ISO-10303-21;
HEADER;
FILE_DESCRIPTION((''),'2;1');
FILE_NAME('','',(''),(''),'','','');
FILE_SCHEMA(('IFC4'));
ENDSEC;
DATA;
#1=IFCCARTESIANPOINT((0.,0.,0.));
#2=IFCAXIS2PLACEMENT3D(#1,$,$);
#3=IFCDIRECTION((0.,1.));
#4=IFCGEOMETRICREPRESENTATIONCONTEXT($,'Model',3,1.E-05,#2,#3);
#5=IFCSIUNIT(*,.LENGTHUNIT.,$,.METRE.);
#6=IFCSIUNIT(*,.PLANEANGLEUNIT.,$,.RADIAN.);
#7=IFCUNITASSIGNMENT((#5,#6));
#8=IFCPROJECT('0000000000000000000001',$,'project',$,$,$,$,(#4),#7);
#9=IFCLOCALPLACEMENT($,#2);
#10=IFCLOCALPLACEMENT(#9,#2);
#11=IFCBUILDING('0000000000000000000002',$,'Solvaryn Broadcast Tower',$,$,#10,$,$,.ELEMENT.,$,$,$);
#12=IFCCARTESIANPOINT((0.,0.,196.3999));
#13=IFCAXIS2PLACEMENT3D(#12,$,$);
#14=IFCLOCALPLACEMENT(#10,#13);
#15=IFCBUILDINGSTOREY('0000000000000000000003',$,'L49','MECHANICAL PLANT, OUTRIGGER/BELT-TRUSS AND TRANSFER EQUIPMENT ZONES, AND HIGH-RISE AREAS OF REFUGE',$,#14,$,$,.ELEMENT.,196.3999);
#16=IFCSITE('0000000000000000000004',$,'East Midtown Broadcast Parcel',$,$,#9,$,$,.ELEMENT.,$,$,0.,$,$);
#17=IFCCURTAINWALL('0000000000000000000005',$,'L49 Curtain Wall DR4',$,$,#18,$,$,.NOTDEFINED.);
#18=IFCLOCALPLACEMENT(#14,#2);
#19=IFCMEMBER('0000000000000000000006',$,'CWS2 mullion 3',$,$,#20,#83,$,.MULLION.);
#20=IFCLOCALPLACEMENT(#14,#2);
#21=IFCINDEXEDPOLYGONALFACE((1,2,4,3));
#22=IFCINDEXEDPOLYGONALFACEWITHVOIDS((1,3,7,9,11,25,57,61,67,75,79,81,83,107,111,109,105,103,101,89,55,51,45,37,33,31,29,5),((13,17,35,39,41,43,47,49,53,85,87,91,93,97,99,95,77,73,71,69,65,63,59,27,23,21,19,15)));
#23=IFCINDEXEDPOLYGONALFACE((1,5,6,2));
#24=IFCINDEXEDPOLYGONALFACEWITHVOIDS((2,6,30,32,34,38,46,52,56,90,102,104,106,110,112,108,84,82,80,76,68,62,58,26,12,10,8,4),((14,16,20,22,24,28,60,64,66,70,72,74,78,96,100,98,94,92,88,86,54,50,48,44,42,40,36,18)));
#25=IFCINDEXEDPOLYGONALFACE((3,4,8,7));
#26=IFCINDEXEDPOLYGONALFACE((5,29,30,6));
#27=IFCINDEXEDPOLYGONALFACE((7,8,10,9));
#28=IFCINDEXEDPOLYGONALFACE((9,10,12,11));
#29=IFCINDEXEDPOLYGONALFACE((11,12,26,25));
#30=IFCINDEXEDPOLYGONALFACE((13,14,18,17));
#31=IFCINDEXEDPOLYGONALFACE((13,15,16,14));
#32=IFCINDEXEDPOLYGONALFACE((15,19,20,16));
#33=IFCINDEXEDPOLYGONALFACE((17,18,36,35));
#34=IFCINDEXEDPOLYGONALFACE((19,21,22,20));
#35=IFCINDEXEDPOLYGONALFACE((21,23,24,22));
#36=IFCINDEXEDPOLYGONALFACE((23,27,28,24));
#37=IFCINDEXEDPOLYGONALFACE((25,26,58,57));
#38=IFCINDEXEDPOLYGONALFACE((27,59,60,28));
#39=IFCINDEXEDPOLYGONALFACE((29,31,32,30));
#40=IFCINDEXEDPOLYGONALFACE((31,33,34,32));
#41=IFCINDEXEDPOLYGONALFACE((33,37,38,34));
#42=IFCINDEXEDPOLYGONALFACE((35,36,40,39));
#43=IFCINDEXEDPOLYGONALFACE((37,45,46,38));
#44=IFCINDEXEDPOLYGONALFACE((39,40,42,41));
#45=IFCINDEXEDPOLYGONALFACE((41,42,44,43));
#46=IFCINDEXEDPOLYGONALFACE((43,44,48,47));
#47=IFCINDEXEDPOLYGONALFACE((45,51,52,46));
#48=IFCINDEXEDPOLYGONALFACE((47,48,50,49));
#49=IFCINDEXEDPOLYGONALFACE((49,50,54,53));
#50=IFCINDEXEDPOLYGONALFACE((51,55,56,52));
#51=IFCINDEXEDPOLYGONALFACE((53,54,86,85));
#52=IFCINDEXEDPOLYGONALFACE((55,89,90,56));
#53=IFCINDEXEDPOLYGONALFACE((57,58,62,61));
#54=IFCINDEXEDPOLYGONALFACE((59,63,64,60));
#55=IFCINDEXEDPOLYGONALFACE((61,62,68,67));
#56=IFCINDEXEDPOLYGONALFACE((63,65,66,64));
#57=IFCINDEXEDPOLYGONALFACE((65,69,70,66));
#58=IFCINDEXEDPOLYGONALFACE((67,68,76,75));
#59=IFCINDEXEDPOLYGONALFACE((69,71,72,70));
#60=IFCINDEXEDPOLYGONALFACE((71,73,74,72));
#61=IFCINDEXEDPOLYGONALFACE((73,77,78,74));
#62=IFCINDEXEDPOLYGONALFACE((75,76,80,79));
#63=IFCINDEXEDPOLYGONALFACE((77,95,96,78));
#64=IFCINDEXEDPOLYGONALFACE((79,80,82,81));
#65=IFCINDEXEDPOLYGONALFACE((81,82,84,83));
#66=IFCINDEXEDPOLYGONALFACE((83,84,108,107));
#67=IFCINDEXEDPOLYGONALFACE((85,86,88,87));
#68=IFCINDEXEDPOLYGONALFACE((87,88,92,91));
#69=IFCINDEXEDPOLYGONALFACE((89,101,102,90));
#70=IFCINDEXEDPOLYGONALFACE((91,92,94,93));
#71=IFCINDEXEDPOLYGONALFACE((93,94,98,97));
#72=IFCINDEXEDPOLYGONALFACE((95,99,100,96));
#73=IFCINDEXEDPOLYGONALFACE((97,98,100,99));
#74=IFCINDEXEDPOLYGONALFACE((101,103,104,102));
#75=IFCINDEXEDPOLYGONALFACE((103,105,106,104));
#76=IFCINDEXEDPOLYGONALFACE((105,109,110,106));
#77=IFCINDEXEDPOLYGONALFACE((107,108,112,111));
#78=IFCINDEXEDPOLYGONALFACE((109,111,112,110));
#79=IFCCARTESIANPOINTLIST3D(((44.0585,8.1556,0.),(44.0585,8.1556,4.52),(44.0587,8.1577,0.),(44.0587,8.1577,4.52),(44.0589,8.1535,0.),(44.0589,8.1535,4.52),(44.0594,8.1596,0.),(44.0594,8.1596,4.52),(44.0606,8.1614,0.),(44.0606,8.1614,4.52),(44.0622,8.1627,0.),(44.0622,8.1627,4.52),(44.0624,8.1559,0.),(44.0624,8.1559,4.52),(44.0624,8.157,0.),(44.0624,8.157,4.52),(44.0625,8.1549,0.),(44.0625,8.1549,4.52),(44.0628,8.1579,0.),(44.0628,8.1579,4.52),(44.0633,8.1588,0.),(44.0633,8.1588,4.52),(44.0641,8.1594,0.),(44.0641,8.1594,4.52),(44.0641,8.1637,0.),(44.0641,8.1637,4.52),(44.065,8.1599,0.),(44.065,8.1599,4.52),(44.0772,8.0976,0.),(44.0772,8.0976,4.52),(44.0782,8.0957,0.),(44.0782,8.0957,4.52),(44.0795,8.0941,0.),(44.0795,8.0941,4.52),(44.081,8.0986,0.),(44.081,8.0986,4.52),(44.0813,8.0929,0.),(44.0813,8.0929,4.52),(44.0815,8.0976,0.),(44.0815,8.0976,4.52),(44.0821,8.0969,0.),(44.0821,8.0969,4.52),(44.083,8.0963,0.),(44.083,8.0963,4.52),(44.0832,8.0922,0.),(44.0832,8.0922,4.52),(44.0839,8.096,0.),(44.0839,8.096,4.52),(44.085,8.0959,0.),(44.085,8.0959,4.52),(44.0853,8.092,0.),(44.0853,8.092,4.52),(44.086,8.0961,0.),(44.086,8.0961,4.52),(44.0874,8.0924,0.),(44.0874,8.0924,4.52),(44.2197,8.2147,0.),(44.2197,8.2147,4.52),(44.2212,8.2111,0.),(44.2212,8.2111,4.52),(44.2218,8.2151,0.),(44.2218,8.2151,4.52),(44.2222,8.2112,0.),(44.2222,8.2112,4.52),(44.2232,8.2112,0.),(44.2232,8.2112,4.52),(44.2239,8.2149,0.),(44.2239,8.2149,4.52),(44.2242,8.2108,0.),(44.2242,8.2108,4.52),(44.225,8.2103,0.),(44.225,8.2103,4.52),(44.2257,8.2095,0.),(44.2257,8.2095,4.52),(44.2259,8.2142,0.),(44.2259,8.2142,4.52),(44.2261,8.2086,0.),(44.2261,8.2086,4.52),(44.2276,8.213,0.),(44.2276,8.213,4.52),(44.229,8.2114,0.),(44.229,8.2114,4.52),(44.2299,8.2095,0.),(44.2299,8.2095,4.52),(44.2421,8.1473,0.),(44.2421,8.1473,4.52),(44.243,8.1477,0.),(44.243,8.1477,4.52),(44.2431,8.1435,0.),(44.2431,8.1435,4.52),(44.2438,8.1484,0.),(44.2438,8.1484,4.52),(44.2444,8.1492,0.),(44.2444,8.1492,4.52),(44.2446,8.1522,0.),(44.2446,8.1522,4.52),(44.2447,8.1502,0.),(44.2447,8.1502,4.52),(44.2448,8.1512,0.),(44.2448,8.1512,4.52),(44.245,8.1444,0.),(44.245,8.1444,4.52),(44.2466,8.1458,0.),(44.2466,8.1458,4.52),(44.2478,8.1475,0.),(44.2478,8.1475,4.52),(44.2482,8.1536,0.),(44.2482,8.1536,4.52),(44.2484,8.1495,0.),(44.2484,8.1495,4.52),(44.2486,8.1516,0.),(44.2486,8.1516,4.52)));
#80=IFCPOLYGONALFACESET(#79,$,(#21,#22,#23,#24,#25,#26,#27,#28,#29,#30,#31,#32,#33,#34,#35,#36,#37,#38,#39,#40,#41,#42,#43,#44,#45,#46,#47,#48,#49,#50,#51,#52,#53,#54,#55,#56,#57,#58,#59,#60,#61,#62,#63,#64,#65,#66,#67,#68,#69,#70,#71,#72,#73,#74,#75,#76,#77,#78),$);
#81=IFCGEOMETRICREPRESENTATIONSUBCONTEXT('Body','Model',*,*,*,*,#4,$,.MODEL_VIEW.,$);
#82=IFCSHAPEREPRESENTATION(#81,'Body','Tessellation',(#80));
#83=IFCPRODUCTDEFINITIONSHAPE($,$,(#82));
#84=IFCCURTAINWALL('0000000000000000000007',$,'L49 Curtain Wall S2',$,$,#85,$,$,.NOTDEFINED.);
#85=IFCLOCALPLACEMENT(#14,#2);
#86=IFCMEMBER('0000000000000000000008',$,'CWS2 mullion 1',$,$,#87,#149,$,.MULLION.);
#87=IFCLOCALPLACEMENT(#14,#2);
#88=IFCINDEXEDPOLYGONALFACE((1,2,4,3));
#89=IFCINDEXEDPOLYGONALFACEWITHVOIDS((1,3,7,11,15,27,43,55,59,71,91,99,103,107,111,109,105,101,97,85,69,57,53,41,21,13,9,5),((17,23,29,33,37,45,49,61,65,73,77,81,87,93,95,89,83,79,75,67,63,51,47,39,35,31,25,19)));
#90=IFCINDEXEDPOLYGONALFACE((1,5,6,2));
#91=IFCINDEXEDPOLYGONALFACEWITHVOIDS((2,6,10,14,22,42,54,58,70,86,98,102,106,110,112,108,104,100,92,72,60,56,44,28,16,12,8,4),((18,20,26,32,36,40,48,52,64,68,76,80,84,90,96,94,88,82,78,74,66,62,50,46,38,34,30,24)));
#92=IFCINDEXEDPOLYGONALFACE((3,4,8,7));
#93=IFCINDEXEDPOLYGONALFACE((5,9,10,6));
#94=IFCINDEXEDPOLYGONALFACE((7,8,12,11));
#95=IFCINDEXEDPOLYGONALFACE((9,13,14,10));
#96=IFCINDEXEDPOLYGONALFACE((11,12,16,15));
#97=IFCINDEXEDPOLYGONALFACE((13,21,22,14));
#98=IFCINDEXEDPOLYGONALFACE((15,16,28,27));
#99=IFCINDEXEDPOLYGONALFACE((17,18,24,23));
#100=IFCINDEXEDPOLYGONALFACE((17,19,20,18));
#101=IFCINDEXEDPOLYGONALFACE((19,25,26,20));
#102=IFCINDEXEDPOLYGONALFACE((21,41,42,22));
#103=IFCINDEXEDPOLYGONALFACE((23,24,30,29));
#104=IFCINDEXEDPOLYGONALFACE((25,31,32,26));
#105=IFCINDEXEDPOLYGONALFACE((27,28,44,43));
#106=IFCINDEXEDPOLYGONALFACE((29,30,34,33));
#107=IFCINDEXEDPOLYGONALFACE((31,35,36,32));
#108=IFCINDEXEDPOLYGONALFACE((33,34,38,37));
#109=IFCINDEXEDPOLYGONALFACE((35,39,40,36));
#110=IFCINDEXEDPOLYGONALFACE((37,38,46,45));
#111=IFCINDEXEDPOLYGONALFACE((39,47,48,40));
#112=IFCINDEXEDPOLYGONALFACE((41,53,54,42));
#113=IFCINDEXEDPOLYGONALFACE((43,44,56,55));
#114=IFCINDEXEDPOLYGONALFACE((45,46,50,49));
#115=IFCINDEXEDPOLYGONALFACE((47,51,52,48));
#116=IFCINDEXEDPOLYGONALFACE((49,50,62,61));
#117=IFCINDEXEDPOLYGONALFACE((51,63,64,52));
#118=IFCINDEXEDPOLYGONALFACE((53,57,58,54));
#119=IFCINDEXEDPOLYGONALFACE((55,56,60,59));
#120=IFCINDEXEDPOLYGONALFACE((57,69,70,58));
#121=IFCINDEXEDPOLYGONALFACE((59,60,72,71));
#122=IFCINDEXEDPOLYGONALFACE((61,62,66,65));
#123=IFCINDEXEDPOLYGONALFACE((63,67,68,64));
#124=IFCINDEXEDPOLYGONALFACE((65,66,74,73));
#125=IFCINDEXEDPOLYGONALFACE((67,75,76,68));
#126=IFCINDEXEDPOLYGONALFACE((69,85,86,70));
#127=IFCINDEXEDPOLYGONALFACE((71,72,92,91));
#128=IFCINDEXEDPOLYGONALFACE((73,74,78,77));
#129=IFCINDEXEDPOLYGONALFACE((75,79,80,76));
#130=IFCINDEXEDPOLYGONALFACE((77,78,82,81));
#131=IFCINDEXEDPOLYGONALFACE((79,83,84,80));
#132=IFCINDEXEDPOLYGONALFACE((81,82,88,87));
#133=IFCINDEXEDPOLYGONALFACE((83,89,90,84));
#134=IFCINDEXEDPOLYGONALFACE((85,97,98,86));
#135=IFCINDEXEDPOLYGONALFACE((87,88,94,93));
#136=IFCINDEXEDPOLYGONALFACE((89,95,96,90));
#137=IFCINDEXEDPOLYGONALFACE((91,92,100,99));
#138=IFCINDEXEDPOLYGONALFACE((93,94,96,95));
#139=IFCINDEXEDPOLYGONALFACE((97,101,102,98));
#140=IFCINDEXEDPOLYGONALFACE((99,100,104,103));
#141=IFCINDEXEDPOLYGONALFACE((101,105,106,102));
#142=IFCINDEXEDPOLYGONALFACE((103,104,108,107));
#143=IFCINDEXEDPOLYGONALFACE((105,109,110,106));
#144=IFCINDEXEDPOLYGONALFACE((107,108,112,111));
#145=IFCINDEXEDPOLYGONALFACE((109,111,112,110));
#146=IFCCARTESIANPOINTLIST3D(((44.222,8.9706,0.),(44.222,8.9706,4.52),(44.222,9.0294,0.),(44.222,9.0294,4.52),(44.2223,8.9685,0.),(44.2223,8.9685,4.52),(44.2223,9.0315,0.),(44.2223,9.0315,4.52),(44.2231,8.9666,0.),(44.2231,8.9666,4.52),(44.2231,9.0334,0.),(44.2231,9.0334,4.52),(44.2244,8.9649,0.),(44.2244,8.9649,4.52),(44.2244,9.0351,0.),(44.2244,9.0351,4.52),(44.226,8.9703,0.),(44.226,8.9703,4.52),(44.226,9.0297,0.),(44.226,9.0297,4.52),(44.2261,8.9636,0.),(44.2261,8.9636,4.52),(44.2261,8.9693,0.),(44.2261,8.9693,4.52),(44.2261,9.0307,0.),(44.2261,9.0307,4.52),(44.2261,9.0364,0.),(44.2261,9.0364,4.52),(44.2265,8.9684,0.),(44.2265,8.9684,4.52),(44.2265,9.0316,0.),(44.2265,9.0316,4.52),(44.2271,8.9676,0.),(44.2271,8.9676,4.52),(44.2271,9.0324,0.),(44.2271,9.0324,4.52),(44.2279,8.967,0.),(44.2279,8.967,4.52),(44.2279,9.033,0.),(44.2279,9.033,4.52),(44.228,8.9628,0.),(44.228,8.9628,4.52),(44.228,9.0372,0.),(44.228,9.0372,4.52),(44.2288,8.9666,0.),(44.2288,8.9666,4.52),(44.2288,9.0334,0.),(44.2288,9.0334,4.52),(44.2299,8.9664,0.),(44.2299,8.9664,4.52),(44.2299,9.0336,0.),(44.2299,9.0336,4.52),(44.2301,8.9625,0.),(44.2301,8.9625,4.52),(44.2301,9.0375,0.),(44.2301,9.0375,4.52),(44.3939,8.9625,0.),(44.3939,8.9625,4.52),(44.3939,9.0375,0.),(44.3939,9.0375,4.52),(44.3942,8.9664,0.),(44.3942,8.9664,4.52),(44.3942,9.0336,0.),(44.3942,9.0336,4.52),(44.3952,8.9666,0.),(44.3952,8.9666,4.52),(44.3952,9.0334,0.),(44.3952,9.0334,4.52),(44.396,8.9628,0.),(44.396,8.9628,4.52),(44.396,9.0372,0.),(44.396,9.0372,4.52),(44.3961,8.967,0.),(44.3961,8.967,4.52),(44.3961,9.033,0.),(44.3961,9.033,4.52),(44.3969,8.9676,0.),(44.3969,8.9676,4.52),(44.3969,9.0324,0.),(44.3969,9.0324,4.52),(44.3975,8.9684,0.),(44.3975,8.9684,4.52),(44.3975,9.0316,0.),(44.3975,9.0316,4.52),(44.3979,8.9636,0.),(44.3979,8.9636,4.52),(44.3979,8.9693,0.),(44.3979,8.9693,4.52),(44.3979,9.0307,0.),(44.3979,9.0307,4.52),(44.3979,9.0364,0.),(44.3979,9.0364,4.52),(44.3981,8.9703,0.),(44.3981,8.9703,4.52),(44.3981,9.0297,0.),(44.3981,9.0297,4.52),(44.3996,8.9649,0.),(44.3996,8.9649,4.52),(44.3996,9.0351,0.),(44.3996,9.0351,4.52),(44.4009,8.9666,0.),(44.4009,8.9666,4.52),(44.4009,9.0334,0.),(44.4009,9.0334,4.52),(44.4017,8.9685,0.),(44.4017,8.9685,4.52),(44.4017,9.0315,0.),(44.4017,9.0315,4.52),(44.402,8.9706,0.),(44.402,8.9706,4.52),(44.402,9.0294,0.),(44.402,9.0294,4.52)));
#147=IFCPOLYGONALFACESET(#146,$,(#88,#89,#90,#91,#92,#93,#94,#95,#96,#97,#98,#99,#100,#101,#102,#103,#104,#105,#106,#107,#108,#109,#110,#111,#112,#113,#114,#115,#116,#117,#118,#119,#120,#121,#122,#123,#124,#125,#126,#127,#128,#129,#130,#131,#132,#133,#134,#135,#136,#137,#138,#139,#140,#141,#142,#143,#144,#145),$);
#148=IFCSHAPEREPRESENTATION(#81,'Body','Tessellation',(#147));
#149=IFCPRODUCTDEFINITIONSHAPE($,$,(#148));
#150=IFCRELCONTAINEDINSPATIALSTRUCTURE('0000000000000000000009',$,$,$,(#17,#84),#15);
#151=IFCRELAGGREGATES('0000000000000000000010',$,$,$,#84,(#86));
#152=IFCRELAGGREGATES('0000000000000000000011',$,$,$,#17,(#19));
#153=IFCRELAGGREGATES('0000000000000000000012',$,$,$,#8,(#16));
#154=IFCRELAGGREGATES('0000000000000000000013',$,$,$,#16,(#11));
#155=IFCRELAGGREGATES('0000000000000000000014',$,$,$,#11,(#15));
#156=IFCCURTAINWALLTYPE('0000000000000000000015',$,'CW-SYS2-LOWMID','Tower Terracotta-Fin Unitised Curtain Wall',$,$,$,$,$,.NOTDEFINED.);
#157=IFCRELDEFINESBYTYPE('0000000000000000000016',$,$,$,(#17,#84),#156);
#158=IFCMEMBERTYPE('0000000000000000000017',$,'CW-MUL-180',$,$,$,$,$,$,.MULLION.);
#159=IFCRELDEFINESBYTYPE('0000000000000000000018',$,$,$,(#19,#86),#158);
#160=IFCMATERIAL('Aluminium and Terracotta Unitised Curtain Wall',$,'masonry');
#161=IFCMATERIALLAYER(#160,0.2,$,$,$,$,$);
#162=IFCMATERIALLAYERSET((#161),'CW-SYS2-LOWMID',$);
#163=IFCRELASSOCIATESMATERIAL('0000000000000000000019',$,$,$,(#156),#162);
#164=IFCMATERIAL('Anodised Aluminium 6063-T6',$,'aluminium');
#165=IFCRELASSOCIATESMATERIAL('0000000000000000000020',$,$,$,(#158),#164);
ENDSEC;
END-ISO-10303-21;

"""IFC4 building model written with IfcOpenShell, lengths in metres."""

from ifc_helpers import new_model, si_unit, direction, frame, origin, origin_2d, place, context, subcontext, project, spatial, hollow_rectangle, extrude, material, layer, layer_set, material_profile, profile_set, type_object, element, aggregate, save


model = new_model("IFC4")

# Units and contexts
model_context = context("Model", 3, precision=1e-05, world=origin(), true_north=direction((0.0, 1.0)))
body_context = subcontext(model_context, "Body", "Model", "MODEL_VIEW")
ifc_project = project(units=[si_unit("LENGTHUNIT", "METRE"), si_unit("PLANEANGLEUNIT", "RADIAN")], contexts=[model_context])

# Site, building, storey
site_placement = place(None, origin())
site = spatial("IfcSite", under=ifc_project, at=site_placement, Name="East Midtown Broadcast Parcel", CompositionType="ELEMENT", RefElevation=0.0)
building_placement = place(site_placement, origin())
building = spatial("IfcBuilding", under=site, at=building_placement, Name="Solvaryn Broadcast Tower", CompositionType="ELEMENT")
storey_placement = place(building_placement, frame((0.0, 0.0, 196.3999)))
storey = spatial("IfcBuildingStorey", under=building, at=storey_placement, Name="L49", Description="MECHANICAL PLANT, OUTRIGGER/BELT-TRUSS AND TRANSFER EQUIPMENT ZONES, AND HIGH-RISE AREAS OF REFUGE", CompositionType="ELEMENT", Elevation=196.3999)

# Curtain wall, member
ifc_material_1 = material(Name="Aluminium and Terracotta Unitised Curtain Wall", Category="masonry")
ifc_layer_1 = layer(ifc_material_1, 0.2)
ifc_layer_set_1 = layer_set([ifc_layer_1], Name="CW-SYS2-LOWMID")
curtain_wall_type = type_object("IfcCurtainWallType", Name="CW-SYS2-LOWMID", Description="Tower Terracotta-Fin Unitised Curtain Wall", PredefinedType="NOTDEFINED", material=ifc_layer_set_1)
curtain_wall_1_placement = place(storey_placement, origin())
curtain_wall_1 = element("IfcCurtainWall", 1, at=curtain_wall_1_placement, inside=storey, type_object=curtain_wall_type, Name="L49 Curtain Wall DR4", PredefinedType="NOTDEFINED")
ifc_material_2 = material(Name="Anodised Aluminium 6063-T6", Category="aluminium")
ifc_material_profile_1 = material_profile(ifc_material_2, hollow_rectangle(XDim=0.075, YDim=0.1799, WallThickness=0.0039, InnerFilletRadius=0.0039, OuterFilletRadius=0.0081, at=origin_2d()))
ifc_profile_set_1 = profile_set([ifc_material_profile_1], Name="Anodised Aluminium 6063-T6")
member_type_1 = type_object("IfcMemberType", Name="CW-MUL-180", PredefinedType="MULLION", material=ifc_profile_set_1)
member_1_placement = place(storey_placement, frame((44.1536, 8.1536, 0.0), z_axis=(0.0, 0.0, 1.0), x_axis=(-0.311559, 0.950227, 0.0)))
member_1 = element("IfcMember", 2, at=member_1_placement, type_object=member_type_1, Name="CWS2 mullion 3", PredefinedType="MULLION", context=body_context, shape_type="SweptSolid", body=[
    extrude(hollow_rectangle(XDim=0.075, YDim=0.1799, WallThickness=0.0039, InnerFilletRadius=0.0039, OuterFilletRadius=0.0081, at=origin_2d()), origin(), (0.0, 0.0, 1.0), 4.52),
])

# Curtain wall, member
curtain_wall_2_placement = place(storey_placement, origin())
curtain_wall_2 = element("IfcCurtainWall", 3, at=curtain_wall_2_placement, inside=storey, type_object=curtain_wall_type, Name="L49 Curtain Wall S2", PredefinedType="NOTDEFINED")
member_2_placement = place(storey_placement, frame((44.312, 9.0, 0.0), z_axis=(0.0, 0.0, 1.0), x_axis=(0.0, 1.0, 0.0)))
member_2 = element("IfcMember", 4, at=member_2_placement, type_object=member_type_1, Name="CWS2 mullion 1", PredefinedType="MULLION", context=body_context, shape_type="SweptSolid", body=[
    extrude(hollow_rectangle(XDim=0.075, YDim=0.1799, WallThickness=0.0039, InnerFilletRadius=0.0039, OuterFilletRadius=0.0081, at=origin_2d()), origin(), (0.0, 0.0, 1.0), 4.52),
])
aggregate(curtain_wall_2, [member_2])

aggregate(curtain_wall_1, [member_1])

save(model, "model.ifc")
